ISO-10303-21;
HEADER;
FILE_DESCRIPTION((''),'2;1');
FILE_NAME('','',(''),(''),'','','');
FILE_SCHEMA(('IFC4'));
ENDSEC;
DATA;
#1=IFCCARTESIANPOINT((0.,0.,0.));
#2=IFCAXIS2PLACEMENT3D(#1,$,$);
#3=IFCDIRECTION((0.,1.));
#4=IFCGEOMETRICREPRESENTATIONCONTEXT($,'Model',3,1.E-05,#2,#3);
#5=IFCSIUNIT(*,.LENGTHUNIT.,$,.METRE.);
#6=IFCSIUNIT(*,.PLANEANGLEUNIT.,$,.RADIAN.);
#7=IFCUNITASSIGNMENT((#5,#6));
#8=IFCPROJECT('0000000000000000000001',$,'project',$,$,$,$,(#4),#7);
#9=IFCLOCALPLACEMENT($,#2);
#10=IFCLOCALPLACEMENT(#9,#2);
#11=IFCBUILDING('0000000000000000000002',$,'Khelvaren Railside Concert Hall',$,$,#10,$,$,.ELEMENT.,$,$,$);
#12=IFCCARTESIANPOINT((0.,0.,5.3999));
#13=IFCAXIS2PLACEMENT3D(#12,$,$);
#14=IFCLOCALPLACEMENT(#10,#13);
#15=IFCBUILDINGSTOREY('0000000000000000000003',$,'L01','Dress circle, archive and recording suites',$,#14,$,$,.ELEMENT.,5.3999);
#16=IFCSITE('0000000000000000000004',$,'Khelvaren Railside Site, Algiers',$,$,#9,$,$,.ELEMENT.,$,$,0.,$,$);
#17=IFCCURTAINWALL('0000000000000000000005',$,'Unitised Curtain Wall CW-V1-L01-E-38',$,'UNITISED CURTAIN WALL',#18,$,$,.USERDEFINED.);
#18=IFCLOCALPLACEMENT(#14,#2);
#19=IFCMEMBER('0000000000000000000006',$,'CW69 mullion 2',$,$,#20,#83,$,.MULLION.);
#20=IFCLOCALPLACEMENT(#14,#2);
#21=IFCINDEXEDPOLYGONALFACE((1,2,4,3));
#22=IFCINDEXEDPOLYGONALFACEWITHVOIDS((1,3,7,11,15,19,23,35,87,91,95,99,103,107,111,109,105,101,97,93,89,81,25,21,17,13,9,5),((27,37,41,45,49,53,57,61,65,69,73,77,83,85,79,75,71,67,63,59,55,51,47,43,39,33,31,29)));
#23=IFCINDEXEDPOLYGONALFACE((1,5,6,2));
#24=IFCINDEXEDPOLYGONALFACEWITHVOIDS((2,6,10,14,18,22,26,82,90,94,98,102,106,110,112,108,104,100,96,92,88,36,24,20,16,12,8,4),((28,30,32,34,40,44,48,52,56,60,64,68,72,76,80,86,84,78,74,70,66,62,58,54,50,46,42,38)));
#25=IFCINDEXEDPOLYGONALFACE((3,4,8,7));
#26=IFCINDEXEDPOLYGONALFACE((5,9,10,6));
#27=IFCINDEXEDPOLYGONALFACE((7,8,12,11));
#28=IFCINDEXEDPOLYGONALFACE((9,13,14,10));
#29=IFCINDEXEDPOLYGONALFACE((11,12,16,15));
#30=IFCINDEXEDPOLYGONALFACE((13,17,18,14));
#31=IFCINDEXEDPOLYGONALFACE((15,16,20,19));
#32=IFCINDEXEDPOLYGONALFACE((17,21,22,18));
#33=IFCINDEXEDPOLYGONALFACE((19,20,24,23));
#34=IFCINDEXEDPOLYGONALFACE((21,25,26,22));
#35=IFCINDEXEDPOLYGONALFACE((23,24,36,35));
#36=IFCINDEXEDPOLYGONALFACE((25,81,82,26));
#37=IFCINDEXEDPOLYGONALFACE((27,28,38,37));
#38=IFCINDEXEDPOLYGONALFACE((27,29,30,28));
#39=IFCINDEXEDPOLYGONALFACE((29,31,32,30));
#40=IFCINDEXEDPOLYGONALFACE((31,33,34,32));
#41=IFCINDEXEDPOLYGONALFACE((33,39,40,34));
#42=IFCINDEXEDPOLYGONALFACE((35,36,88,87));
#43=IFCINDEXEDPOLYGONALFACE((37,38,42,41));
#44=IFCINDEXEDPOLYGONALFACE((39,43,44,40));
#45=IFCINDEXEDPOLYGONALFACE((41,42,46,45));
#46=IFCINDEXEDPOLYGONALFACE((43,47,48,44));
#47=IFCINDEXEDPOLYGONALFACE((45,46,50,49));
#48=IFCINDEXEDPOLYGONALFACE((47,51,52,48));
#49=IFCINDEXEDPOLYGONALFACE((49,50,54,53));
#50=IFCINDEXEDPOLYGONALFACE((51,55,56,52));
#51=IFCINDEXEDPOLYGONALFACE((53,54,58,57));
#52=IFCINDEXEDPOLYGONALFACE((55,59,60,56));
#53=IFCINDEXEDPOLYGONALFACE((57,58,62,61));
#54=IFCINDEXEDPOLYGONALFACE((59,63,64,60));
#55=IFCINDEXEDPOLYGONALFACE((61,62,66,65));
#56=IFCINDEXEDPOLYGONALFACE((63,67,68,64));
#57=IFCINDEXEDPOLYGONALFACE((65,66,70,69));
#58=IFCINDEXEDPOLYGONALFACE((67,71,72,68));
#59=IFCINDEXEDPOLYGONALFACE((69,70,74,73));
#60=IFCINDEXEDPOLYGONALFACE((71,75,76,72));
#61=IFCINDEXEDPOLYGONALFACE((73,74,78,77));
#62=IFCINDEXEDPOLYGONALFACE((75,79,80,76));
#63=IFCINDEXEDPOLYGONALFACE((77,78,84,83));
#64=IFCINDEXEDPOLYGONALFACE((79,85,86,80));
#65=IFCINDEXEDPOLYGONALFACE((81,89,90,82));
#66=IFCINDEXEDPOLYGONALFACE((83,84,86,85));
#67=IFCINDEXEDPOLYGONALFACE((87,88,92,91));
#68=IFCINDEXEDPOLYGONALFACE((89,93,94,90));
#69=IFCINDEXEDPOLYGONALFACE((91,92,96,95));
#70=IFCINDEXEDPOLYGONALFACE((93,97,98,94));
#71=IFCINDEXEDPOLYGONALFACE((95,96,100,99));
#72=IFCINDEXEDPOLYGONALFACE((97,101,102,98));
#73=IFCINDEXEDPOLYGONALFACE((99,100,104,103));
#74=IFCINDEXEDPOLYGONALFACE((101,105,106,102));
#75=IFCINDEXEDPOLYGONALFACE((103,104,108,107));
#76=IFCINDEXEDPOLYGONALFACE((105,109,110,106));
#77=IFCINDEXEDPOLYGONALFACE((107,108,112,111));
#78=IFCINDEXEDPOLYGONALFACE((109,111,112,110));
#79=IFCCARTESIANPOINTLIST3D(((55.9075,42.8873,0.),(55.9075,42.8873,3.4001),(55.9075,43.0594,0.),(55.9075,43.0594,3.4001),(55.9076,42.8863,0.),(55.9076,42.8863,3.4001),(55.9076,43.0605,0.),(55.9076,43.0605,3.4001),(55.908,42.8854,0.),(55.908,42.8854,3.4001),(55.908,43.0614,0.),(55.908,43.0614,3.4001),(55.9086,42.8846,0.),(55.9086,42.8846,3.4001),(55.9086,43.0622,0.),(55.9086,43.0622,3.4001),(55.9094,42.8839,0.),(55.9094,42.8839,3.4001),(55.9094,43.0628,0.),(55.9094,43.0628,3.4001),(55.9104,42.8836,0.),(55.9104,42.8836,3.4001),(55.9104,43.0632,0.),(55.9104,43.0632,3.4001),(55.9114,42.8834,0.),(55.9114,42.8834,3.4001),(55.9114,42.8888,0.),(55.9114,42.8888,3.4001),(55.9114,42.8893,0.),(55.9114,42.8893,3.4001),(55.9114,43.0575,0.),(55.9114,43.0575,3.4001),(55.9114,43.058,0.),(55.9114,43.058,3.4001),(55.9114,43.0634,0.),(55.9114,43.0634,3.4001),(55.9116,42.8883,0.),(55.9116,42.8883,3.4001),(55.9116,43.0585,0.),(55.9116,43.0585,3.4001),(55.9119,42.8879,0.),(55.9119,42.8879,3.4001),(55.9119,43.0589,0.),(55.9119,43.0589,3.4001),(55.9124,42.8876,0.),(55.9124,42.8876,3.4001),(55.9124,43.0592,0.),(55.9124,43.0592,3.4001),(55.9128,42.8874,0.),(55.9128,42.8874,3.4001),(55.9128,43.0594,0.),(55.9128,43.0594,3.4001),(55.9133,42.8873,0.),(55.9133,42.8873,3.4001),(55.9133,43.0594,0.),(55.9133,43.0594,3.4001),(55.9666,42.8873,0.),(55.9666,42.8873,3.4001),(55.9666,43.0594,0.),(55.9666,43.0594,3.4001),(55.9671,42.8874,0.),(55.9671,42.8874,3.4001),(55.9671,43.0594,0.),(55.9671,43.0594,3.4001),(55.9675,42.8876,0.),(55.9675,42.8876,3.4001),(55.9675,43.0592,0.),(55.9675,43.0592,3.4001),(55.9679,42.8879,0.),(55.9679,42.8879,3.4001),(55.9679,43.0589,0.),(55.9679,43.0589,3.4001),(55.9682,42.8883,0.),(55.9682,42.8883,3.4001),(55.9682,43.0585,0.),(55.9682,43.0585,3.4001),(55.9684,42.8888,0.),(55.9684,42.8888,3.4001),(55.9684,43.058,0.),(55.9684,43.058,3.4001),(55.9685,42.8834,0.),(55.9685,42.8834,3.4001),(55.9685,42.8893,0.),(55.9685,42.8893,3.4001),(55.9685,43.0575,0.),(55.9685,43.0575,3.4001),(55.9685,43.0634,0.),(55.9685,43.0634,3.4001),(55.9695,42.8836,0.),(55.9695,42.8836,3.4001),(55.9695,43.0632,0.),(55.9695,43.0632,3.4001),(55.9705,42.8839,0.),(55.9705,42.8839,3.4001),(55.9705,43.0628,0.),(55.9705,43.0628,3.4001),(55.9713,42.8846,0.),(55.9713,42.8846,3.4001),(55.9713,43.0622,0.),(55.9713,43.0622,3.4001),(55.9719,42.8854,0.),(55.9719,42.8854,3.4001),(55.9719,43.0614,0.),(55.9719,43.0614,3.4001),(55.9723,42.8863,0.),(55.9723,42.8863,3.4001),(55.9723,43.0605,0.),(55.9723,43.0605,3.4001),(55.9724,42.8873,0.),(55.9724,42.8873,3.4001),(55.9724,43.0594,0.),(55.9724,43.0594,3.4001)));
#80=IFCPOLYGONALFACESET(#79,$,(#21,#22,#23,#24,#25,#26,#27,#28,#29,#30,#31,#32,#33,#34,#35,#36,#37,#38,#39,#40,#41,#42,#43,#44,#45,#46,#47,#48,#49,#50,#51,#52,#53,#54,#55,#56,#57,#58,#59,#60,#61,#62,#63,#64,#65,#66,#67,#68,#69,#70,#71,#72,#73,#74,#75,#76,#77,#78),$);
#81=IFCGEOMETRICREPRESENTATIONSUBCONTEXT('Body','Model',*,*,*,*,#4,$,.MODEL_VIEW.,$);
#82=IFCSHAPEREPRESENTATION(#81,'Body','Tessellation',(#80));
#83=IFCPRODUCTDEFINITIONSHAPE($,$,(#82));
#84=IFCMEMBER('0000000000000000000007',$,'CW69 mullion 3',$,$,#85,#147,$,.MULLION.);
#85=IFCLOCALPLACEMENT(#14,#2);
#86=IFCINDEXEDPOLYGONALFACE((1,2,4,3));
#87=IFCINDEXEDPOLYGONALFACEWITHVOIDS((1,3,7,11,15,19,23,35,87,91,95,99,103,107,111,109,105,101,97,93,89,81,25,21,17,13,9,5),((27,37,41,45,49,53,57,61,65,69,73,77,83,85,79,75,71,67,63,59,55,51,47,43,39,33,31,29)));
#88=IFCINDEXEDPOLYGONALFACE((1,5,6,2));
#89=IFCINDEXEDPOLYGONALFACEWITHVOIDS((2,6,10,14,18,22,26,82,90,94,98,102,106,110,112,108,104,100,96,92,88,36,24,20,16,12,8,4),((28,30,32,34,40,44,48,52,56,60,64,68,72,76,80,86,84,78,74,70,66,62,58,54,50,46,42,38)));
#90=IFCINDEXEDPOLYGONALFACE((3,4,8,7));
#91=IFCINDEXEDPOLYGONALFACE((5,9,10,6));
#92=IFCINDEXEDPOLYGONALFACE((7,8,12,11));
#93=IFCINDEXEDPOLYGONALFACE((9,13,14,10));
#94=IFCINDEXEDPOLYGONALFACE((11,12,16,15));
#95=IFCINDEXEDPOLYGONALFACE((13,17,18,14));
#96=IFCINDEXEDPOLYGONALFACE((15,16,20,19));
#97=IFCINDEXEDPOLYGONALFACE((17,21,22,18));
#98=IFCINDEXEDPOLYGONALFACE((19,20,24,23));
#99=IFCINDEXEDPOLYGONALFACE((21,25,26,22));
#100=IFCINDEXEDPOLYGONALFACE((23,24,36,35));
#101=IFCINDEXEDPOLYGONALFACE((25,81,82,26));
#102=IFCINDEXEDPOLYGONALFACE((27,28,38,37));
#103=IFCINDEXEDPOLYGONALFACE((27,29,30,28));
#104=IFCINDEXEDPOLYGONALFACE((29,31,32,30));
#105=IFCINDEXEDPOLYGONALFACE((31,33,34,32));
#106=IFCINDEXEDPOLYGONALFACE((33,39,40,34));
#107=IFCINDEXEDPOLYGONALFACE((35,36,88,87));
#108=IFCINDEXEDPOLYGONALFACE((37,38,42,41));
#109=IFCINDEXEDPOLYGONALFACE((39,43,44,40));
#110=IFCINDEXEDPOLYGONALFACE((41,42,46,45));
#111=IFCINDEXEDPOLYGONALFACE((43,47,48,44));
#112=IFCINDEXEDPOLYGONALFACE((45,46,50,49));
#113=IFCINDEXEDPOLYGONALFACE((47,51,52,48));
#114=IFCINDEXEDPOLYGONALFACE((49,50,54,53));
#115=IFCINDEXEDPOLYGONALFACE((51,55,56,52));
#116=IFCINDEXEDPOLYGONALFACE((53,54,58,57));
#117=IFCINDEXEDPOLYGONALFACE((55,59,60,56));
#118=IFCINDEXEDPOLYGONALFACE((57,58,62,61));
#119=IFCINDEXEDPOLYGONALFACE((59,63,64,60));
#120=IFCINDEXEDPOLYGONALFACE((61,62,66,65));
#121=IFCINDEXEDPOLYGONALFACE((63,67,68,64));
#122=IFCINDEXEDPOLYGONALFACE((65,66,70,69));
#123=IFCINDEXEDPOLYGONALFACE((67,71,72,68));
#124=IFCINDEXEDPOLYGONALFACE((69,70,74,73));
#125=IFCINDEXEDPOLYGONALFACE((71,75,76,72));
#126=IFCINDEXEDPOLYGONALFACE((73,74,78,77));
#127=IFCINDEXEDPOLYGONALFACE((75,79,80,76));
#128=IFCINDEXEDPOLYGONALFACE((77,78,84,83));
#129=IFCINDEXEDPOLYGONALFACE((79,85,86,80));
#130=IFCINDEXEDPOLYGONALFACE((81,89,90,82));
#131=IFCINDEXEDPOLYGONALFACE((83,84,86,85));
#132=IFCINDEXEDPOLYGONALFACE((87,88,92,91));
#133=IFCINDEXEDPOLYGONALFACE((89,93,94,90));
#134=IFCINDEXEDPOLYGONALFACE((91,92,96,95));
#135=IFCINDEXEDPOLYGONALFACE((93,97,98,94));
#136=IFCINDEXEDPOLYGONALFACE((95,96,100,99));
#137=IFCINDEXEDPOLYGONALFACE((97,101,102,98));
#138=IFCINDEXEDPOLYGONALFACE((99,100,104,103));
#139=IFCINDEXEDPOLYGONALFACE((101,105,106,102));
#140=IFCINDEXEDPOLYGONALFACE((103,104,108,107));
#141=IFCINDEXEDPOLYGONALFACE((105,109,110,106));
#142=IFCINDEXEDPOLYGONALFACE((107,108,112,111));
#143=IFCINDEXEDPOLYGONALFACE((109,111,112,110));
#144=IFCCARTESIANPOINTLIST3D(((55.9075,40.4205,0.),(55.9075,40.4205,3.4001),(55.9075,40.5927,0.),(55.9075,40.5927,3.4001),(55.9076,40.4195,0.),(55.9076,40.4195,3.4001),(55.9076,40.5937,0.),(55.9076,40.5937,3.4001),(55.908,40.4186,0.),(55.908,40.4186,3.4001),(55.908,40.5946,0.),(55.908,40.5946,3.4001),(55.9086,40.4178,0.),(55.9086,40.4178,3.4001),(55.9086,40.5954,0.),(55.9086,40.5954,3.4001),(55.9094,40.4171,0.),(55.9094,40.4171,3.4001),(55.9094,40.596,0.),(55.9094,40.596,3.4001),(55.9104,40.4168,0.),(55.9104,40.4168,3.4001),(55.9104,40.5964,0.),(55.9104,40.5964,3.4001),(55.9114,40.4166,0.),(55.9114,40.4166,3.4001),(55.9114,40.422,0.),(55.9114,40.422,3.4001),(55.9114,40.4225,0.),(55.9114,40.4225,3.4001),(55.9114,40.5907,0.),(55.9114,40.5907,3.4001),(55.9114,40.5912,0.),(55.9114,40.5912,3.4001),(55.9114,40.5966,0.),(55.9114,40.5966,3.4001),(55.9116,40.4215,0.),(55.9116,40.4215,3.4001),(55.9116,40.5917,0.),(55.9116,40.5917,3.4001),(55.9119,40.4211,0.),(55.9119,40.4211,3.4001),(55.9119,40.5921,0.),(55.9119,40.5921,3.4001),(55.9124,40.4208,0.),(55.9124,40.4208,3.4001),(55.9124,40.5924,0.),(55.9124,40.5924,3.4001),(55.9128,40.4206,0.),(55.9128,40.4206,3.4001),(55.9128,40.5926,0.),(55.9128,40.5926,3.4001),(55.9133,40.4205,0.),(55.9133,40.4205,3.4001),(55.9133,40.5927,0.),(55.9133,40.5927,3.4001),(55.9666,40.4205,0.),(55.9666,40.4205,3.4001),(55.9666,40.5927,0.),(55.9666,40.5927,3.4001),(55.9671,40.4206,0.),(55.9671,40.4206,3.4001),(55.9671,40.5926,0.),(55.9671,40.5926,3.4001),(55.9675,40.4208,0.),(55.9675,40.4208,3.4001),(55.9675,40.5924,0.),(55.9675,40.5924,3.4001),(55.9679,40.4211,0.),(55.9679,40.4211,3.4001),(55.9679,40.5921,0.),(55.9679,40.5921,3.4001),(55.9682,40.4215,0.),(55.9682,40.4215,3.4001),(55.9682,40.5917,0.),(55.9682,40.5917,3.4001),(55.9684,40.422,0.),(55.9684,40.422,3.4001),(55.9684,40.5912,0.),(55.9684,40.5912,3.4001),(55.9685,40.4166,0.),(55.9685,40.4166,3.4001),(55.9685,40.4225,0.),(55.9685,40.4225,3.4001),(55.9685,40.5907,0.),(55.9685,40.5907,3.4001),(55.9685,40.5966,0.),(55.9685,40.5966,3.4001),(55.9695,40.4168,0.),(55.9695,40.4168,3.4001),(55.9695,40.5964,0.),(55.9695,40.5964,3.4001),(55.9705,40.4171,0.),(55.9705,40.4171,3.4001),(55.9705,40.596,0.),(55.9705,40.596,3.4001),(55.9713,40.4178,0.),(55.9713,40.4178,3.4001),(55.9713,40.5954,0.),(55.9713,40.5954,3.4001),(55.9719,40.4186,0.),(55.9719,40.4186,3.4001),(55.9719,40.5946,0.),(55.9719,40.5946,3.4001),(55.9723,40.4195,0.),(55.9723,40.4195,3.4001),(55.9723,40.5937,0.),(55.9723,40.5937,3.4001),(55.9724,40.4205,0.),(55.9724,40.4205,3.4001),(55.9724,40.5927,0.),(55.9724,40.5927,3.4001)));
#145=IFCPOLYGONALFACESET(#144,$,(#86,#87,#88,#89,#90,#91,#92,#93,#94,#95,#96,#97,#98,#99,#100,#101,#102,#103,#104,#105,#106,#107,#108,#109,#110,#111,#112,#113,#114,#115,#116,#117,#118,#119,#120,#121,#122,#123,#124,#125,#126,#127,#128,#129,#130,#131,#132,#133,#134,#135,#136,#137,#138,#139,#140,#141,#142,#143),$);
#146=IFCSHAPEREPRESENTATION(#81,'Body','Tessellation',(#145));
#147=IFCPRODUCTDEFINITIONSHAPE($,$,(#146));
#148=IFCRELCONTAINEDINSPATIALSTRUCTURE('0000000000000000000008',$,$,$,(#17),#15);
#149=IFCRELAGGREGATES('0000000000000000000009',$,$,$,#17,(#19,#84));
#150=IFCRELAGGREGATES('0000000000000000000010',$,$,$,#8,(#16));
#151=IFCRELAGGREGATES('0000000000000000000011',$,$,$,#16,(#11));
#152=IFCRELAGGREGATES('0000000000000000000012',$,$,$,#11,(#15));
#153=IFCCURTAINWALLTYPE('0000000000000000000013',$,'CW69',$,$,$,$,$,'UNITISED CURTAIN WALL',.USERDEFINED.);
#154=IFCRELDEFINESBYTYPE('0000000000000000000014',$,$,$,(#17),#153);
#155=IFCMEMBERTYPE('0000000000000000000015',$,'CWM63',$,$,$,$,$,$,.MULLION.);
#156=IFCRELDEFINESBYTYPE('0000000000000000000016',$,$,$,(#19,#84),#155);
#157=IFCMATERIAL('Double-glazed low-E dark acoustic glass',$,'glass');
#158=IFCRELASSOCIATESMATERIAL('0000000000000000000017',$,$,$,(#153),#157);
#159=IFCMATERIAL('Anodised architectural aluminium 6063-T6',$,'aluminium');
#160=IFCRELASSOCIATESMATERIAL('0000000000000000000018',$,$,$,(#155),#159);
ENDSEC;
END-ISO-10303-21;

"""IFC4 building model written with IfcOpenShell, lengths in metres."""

from ifc_helpers import new_model, si_unit, direction, frame, origin, origin_2d, place, context, subcontext, project, spatial, hollow_rectangle, extrude, material, material_profile, profile_set, type_object, element, aggregate, save


model = new_model("IFC4")

# Units and contexts
model_context = context("Model", 3, precision=1e-05, world=origin(), true_north=direction((0.0, 1.0)))
body_context = subcontext(model_context, "Body", "Model", "MODEL_VIEW")
ifc_project = project(units=[si_unit("LENGTHUNIT", "METRE"), si_unit("PLANEANGLEUNIT", "RADIAN")], contexts=[model_context])

# Site, building, storey
site_placement = place(None, origin())
site = spatial("IfcSite", under=ifc_project, at=site_placement, Name="Khelvaren Railside Site, Algiers", CompositionType="ELEMENT", RefElevation=0.0)
building_placement = place(site_placement, origin())
building = spatial("IfcBuilding", under=site, at=building_placement, Name="Khelvaren Railside Concert Hall", CompositionType="ELEMENT")
storey_placement = place(building_placement, frame((0.0, 0.0, 5.3999)))
storey = spatial("IfcBuildingStorey", under=building, at=storey_placement, Name="L01", Description="Dress circle, archive and recording suites", CompositionType="ELEMENT", Elevation=5.3999)

# Curtain wall, members
ifc_material_1 = material(Name="Double-glazed low-E dark acoustic glass", Category="glass")
curtain_wall_type = type_object("IfcCurtainWallType", Name="CW69", ElementType="UNITISED CURTAIN WALL", PredefinedType="USERDEFINED", material=ifc_material_1)
curtain_wall_placement = place(storey_placement, origin())
curtain_wall = element("IfcCurtainWall", 1, at=curtain_wall_placement, inside=storey, type_object=curtain_wall_type, Name="Unitised Curtain Wall CW-V1-L01-E-38", ObjectType="UNITISED CURTAIN WALL", PredefinedType="USERDEFINED")
ifc_material_2 = material(Name="Anodised architectural aluminium 6063-T6", Category="aluminium")
ifc_material_profile_1 = material_profile(ifc_material_2, hollow_rectangle(XDim=0.0649, YDim=0.1799, WallThickness=0.0039, InnerFilletRadius=0.002, OuterFilletRadius=0.0039, at=origin_2d()), Name="CWM 65x180x4")
ifc_profile_set_1 = profile_set([ifc_material_profile_1], Name="Anodised architectural aluminium 6063-T6")
member_type_1 = type_object("IfcMemberType", Name="CWM63", PredefinedType="MULLION", material=ifc_profile_set_1)
member_1_placement = place(storey_placement, frame((55.9399, 42.9734, 0.0), z_axis=(0.0, 0.0, 1.0), x_axis=(1.0, 0.0, 0.0)))
member_1 = element("IfcMember", 2, at=member_1_placement, type_object=member_type_1, Name="CW69 mullion 2", PredefinedType="MULLION", context=body_context, shape_type="SweptSolid", body=[
    extrude(hollow_rectangle(XDim=0.0649, YDim=0.1799, WallThickness=0.0039, InnerFilletRadius=0.002, OuterFilletRadius=0.0039, at=origin_2d()), origin(), (0.0, 0.0, 1.0), 3.4001),
])
member_2_placement = place(storey_placement, frame((55.9399, 40.5066, 0.0), z_axis=(0.0, 0.0, 1.0), x_axis=(1.0, 0.0, 0.0)))
member_2 = element("IfcMember", 3, at=member_2_placement, type_object=member_type_1, Name="CW69 mullion 3", PredefinedType="MULLION", context=body_context, shape_type="SweptSolid", body=[
    extrude(hollow_rectangle(XDim=0.0649, YDim=0.1799, WallThickness=0.0039, InnerFilletRadius=0.002, OuterFilletRadius=0.0039, at=origin_2d()), origin(), (0.0, 0.0, 1.0), 3.4001),
])

aggregate(curtain_wall, [member_1, member_2])

save(model, "model.ifc")
